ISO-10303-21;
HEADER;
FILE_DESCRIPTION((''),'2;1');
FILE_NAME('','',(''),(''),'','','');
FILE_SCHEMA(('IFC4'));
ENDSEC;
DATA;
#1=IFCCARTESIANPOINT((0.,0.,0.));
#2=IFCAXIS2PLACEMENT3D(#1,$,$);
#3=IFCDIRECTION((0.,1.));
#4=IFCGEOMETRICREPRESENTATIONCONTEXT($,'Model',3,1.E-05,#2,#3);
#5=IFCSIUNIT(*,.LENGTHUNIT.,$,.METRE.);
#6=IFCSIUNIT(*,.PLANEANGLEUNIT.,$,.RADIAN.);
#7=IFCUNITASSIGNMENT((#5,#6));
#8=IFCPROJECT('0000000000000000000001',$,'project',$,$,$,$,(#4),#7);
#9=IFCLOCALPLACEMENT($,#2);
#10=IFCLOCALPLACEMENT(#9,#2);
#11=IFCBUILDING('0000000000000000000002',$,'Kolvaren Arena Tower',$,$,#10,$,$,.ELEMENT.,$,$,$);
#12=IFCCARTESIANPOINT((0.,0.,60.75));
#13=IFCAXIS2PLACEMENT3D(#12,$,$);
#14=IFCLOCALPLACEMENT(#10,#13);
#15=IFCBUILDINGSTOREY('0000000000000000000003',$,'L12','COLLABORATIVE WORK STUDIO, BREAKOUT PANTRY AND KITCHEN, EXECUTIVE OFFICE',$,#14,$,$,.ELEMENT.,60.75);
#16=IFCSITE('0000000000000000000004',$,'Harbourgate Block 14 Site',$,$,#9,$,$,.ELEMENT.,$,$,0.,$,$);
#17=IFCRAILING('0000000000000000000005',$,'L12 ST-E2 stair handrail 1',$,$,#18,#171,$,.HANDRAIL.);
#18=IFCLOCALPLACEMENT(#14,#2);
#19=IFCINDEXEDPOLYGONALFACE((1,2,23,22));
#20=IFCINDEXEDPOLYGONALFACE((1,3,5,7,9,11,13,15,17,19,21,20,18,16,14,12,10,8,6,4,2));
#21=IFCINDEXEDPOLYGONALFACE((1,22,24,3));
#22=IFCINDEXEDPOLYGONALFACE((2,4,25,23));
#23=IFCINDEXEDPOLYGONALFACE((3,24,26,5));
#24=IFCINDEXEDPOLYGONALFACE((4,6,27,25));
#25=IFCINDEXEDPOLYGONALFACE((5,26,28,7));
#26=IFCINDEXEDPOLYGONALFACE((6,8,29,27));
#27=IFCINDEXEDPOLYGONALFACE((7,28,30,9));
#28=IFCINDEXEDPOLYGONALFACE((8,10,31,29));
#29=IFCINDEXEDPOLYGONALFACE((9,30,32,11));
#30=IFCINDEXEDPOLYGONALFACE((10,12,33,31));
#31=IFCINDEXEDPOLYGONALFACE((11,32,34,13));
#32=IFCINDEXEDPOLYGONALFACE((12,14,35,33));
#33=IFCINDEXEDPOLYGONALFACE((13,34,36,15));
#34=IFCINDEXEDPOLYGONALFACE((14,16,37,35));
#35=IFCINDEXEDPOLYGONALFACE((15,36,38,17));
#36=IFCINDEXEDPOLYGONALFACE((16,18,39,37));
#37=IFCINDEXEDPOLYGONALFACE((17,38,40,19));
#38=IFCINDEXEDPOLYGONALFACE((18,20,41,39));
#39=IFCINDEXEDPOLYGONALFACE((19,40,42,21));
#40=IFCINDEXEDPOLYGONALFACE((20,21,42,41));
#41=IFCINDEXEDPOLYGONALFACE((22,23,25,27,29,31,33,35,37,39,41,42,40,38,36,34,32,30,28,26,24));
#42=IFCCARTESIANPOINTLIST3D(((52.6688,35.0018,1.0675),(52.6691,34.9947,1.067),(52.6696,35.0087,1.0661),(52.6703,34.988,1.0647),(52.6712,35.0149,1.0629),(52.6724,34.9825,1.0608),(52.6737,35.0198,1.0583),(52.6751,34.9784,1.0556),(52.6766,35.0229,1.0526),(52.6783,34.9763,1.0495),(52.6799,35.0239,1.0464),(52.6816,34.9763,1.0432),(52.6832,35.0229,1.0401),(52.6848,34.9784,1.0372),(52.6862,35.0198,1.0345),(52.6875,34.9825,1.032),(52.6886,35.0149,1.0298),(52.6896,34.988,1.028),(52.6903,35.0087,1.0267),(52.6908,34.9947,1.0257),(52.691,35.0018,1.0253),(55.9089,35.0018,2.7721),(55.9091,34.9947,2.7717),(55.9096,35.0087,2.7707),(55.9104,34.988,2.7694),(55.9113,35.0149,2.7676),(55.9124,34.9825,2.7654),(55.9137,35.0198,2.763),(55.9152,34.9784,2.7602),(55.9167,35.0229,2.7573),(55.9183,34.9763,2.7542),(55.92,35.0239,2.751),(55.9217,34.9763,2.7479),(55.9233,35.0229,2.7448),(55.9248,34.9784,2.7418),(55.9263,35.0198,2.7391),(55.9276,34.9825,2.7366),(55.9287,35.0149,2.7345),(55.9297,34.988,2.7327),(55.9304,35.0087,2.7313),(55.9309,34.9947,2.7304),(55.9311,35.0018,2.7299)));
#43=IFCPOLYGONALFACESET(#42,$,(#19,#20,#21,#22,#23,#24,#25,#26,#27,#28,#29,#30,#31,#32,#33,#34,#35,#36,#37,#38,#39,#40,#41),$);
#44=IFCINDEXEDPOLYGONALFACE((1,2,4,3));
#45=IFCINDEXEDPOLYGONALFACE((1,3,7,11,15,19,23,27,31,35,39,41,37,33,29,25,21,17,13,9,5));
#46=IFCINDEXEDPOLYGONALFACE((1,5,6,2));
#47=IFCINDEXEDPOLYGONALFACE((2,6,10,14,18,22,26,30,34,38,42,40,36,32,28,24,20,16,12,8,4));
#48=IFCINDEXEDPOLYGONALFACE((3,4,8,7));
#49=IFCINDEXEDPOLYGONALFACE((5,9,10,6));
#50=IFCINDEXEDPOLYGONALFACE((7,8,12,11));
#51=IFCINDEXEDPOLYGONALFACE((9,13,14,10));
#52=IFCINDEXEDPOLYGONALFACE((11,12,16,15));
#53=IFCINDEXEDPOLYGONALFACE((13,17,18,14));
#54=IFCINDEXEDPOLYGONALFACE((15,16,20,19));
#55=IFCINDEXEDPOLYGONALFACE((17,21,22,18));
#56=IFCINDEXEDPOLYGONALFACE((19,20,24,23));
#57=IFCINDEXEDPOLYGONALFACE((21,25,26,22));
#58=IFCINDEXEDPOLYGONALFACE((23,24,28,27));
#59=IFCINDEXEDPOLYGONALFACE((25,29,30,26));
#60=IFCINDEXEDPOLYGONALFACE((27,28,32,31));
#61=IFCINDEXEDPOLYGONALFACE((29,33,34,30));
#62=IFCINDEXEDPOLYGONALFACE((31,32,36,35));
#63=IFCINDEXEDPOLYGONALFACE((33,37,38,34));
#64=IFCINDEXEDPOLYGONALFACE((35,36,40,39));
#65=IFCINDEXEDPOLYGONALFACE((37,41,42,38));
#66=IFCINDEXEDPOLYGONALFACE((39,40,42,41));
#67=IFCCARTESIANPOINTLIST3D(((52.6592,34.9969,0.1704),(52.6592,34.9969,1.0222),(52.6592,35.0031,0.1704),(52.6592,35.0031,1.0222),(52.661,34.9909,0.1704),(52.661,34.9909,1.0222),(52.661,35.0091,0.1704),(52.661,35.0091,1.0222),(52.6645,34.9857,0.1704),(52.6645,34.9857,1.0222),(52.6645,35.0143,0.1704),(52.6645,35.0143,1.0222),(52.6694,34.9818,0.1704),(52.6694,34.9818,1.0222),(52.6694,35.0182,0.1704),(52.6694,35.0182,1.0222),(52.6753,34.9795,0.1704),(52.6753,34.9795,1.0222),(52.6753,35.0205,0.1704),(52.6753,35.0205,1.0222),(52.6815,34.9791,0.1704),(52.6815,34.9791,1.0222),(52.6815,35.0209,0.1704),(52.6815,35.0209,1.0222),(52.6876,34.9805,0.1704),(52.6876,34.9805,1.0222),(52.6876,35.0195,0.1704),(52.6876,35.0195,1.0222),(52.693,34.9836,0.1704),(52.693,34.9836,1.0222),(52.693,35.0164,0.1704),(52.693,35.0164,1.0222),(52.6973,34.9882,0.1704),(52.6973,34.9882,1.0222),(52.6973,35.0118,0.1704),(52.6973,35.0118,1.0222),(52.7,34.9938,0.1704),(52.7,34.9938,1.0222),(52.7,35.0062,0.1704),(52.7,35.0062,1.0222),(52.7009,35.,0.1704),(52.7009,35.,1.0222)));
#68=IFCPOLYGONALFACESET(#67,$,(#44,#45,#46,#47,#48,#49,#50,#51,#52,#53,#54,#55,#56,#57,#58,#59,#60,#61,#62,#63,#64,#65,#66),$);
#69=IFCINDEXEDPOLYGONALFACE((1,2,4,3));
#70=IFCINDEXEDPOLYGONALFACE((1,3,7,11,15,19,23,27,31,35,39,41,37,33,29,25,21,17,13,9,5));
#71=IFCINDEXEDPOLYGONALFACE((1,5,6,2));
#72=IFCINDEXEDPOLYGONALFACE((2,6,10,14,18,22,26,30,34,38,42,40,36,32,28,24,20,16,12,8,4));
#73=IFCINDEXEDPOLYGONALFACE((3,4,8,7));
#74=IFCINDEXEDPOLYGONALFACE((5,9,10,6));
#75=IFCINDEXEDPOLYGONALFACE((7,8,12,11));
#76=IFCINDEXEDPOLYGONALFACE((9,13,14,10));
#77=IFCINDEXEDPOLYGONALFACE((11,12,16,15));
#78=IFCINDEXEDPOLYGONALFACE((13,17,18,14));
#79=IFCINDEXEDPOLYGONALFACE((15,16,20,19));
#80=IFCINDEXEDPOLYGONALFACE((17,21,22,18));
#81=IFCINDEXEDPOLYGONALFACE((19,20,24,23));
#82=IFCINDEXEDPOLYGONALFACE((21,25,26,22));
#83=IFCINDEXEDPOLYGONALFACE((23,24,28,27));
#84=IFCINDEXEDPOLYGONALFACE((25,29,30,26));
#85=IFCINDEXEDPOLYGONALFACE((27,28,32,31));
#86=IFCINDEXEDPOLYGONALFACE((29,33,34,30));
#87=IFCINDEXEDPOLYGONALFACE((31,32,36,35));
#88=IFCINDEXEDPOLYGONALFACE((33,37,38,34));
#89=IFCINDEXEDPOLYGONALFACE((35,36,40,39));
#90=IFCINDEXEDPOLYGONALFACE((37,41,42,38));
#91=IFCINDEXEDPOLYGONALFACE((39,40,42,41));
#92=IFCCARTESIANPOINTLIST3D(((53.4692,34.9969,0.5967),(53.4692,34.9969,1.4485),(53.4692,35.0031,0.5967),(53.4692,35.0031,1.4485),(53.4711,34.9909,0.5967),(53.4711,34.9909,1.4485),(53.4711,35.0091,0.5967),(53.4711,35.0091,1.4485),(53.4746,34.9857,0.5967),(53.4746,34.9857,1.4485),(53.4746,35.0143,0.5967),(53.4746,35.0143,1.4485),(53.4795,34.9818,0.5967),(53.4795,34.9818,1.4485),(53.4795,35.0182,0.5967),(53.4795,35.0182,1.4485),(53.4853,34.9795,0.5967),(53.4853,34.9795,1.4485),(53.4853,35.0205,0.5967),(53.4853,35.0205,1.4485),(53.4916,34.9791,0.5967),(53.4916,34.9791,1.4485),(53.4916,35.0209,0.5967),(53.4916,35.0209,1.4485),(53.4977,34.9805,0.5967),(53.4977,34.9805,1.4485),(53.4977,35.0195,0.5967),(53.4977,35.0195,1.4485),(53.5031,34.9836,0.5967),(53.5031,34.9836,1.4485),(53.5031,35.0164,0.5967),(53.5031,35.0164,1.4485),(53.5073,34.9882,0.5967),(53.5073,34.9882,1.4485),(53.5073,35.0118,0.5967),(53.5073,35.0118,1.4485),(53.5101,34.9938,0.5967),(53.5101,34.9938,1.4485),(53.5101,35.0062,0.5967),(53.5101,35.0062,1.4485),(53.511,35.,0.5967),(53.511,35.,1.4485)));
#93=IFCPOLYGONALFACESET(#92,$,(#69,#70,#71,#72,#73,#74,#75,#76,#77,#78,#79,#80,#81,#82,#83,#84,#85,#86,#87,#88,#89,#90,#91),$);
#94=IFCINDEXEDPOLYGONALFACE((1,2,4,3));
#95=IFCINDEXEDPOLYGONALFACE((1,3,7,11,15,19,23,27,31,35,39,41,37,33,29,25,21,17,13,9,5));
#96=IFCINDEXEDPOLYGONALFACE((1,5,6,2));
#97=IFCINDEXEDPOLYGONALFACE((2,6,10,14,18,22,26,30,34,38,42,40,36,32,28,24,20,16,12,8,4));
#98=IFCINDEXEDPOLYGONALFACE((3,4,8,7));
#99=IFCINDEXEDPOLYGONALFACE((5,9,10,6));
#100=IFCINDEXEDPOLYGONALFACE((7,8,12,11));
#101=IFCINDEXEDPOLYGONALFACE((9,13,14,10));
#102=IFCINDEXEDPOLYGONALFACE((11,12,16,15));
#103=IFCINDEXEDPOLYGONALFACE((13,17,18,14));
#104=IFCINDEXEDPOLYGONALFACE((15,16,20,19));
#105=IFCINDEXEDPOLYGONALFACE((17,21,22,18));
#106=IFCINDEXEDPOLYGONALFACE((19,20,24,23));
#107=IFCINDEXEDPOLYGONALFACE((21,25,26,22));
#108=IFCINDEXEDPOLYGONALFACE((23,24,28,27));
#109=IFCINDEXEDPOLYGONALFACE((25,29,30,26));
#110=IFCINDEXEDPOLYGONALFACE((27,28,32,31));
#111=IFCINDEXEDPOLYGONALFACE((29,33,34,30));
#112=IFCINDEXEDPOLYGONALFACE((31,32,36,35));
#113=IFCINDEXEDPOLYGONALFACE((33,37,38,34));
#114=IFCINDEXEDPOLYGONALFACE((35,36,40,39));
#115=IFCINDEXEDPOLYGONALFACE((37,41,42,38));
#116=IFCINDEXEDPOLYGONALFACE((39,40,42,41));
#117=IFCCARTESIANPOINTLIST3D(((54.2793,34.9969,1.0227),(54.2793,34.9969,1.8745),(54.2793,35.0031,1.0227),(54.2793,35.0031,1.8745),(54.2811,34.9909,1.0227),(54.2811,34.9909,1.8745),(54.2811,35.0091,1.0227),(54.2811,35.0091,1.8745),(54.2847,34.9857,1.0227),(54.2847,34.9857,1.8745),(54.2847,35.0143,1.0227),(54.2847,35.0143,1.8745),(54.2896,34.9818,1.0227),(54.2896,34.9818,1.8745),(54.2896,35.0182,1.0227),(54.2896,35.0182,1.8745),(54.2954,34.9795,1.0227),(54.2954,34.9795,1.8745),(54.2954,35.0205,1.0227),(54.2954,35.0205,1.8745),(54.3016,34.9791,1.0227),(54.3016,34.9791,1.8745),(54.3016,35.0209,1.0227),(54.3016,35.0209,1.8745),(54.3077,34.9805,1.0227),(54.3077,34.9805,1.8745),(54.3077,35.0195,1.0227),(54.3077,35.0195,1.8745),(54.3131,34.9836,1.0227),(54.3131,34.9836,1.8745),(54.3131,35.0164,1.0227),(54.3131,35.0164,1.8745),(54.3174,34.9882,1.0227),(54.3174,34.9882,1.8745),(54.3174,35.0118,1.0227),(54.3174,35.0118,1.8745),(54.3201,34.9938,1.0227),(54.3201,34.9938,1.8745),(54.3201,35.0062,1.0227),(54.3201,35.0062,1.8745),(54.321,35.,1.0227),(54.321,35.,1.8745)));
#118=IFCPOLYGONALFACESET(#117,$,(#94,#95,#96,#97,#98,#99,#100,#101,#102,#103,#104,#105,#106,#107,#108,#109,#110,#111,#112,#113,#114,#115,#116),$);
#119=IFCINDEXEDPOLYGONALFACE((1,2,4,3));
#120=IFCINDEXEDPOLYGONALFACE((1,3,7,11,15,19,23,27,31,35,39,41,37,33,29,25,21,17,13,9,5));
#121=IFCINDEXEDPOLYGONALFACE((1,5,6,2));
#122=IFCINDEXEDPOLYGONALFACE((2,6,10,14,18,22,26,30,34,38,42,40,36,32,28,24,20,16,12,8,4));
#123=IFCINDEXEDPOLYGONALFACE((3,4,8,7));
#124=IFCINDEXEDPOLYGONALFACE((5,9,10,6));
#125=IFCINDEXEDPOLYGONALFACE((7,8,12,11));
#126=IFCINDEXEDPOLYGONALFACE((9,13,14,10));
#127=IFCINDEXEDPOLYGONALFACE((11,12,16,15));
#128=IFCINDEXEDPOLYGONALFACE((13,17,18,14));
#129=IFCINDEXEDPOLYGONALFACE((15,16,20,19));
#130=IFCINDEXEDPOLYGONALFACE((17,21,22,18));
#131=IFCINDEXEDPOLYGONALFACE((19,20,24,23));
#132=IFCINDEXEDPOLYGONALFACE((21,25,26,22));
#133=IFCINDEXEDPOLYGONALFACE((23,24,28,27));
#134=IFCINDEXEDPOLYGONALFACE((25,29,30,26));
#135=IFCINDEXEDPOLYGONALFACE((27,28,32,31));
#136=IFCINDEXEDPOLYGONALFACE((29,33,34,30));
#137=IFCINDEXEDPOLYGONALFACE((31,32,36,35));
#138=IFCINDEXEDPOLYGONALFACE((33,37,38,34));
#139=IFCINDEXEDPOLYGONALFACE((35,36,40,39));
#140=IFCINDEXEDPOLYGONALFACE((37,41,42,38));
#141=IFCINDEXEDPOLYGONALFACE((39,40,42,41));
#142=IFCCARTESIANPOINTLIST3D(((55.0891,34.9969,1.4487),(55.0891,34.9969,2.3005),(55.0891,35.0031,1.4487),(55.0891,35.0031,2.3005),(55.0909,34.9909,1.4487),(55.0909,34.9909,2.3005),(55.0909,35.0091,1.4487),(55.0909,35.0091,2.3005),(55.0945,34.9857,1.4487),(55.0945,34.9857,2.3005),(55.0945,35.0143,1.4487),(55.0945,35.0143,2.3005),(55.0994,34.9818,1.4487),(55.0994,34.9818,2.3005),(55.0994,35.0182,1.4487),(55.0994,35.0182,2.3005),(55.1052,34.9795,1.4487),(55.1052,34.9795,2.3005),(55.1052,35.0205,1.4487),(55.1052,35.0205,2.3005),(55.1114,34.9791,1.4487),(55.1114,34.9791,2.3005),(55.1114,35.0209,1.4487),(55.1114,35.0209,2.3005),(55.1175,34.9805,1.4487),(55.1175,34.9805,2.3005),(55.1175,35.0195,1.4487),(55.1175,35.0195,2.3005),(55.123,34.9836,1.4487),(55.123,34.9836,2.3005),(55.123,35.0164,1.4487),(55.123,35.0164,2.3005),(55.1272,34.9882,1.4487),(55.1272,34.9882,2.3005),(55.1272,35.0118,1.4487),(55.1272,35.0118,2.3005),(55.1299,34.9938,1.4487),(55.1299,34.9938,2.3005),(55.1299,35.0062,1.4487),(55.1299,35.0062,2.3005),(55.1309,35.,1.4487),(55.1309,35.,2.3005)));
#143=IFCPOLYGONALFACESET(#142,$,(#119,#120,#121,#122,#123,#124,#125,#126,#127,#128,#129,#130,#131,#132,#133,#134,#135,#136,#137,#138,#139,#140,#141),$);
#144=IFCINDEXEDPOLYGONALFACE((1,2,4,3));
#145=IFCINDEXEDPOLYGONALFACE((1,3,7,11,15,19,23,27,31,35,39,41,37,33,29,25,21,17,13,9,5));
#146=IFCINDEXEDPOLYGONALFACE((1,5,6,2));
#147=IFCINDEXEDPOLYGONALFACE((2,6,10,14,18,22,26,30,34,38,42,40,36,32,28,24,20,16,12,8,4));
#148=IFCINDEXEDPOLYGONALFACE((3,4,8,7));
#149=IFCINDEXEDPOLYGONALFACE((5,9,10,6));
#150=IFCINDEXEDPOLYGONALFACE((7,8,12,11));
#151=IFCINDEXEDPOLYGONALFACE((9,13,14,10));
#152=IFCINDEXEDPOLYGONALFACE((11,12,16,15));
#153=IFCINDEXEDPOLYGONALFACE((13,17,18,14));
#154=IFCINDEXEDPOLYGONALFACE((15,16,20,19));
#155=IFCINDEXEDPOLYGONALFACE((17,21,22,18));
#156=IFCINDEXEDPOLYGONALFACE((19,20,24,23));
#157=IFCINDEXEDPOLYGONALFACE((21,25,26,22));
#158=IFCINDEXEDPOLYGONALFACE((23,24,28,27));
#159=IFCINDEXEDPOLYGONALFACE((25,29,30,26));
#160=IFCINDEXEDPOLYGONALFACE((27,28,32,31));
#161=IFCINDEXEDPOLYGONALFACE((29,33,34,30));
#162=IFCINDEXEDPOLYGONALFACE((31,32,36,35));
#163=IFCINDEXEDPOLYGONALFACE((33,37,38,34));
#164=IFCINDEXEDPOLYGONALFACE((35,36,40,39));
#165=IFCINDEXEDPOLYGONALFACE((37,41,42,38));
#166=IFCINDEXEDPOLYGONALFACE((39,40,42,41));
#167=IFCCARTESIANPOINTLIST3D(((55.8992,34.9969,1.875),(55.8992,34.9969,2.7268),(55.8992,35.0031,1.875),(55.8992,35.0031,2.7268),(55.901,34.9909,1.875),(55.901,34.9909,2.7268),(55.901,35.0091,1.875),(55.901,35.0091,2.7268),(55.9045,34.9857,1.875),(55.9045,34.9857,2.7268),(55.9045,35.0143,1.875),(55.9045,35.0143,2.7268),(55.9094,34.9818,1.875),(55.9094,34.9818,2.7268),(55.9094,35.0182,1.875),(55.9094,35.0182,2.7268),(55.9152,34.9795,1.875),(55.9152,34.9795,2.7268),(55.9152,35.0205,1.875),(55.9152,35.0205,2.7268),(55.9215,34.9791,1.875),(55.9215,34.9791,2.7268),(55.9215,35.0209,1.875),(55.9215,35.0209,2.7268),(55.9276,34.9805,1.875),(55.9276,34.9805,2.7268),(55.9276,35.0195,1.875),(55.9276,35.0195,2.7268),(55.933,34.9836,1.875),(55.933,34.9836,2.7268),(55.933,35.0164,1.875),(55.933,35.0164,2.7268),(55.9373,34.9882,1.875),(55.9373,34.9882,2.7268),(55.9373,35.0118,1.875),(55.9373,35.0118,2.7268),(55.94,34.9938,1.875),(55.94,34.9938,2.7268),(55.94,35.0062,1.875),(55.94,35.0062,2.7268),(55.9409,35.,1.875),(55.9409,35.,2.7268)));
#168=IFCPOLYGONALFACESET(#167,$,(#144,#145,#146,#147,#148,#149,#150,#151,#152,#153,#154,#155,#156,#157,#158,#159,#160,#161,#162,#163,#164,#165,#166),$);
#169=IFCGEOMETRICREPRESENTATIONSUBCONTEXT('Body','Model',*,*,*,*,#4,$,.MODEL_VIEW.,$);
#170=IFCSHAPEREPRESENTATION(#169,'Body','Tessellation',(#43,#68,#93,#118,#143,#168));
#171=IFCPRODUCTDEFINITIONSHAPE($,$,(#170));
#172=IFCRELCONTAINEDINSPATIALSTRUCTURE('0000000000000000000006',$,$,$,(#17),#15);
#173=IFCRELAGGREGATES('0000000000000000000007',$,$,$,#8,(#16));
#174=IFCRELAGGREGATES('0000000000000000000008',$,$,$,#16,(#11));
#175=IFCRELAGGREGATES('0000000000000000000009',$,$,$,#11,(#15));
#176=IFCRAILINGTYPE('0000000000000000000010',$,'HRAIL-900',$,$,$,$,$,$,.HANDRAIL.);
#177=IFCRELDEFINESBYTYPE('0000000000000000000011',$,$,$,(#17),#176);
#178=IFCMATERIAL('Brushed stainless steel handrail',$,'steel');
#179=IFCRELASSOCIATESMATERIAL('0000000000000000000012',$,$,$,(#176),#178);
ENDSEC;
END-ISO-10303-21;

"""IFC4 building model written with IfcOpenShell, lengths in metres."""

from ifc_helpers import new_model, si_unit, direction, frame, origin, origin_2d, place, context, subcontext, project, spatial, circle, extrude, material, type_object, element, save


model = new_model("IFC4")

# Units and contexts
model_context = context("Model", 3, precision=1e-05, world=origin(), true_north=direction((0.0, 1.0)))
body_context = subcontext(model_context, "Body", "Model", "MODEL_VIEW")
ifc_project = project(units=[si_unit("LENGTHUNIT", "METRE"), si_unit("PLANEANGLEUNIT", "RADIAN")], contexts=[model_context])

# Site, building, storey
site_placement = place(None, origin())
site = spatial("IfcSite", under=ifc_project, at=site_placement, Name="Harbourgate Block 14 Site", CompositionType="ELEMENT", RefElevation=0.0)
building_placement = place(site_placement, origin())
building = spatial("IfcBuilding", under=site, at=building_placement, Name="Kolvaren Arena Tower", CompositionType="ELEMENT")
storey_placement = place(building_placement, frame((0.0, 0.0, 60.75)))
storey = spatial("IfcBuildingStorey", under=building, at=storey_placement, Name="L12", Description="COLLABORATIVE WORK STUDIO, BREAKOUT PANTRY AND KITCHEN, EXECUTIVE OFFICE", CompositionType="ELEMENT", Elevation=60.75)

# Railing
ifc_material_1 = material(Name="Brushed stainless steel handrail", Category="steel")
railing_type_1 = type_object("IfcRailingType", Name="HRAIL-900", PredefinedType="HANDRAIL", material=ifc_material_1)
for number, where, name in (
    (1, (52.6799, 35.0, 0.1704), "L12 ST-E2 stair handrail 1"),
):
    element("IfcRailing", number, at=place(storey_placement, frame(where)), inside=storey, type_object=railing_type_1, Name=name, PredefinedType="HANDRAIL", context=body_context, shape_type="SweptSolid", body=[
        extrude(circle(Radius=0.0239, at=origin_2d()), frame((0.0, 0.0, 0.876), z_axis=(0.884993, 0.0, 0.465604), x_axis=(0.0, 1.0, 0.0)), (0.0, 0.0, 1.0), 3.6611),
        extrude(circle(Radius=0.021, at=origin_2d()), origin(), (0.0, 0.0, 1.0), 0.8518),
        extrude(circle(Radius=0.021, at=origin_2d()), frame((0.8101, 0.0, 0.4263)), (0.0, 0.0, 1.0), 0.8518),
        extrude(circle(Radius=0.021, at=origin_2d()), frame((1.6201, 0.0, 0.8523)), (0.0, 0.0, 1.0), 0.8518),
        extrude(circle(Radius=0.021, at=origin_2d()), frame((2.4299, 0.0, 1.2783)), (0.0, 0.0, 1.0), 0.8518),
        extrude(circle(Radius=0.021, at=origin_2d()), frame((3.24, 0.0, 1.7046)), (0.0, 0.0, 1.0), 0.8518),
    ])

save(model, "model.ifc")
